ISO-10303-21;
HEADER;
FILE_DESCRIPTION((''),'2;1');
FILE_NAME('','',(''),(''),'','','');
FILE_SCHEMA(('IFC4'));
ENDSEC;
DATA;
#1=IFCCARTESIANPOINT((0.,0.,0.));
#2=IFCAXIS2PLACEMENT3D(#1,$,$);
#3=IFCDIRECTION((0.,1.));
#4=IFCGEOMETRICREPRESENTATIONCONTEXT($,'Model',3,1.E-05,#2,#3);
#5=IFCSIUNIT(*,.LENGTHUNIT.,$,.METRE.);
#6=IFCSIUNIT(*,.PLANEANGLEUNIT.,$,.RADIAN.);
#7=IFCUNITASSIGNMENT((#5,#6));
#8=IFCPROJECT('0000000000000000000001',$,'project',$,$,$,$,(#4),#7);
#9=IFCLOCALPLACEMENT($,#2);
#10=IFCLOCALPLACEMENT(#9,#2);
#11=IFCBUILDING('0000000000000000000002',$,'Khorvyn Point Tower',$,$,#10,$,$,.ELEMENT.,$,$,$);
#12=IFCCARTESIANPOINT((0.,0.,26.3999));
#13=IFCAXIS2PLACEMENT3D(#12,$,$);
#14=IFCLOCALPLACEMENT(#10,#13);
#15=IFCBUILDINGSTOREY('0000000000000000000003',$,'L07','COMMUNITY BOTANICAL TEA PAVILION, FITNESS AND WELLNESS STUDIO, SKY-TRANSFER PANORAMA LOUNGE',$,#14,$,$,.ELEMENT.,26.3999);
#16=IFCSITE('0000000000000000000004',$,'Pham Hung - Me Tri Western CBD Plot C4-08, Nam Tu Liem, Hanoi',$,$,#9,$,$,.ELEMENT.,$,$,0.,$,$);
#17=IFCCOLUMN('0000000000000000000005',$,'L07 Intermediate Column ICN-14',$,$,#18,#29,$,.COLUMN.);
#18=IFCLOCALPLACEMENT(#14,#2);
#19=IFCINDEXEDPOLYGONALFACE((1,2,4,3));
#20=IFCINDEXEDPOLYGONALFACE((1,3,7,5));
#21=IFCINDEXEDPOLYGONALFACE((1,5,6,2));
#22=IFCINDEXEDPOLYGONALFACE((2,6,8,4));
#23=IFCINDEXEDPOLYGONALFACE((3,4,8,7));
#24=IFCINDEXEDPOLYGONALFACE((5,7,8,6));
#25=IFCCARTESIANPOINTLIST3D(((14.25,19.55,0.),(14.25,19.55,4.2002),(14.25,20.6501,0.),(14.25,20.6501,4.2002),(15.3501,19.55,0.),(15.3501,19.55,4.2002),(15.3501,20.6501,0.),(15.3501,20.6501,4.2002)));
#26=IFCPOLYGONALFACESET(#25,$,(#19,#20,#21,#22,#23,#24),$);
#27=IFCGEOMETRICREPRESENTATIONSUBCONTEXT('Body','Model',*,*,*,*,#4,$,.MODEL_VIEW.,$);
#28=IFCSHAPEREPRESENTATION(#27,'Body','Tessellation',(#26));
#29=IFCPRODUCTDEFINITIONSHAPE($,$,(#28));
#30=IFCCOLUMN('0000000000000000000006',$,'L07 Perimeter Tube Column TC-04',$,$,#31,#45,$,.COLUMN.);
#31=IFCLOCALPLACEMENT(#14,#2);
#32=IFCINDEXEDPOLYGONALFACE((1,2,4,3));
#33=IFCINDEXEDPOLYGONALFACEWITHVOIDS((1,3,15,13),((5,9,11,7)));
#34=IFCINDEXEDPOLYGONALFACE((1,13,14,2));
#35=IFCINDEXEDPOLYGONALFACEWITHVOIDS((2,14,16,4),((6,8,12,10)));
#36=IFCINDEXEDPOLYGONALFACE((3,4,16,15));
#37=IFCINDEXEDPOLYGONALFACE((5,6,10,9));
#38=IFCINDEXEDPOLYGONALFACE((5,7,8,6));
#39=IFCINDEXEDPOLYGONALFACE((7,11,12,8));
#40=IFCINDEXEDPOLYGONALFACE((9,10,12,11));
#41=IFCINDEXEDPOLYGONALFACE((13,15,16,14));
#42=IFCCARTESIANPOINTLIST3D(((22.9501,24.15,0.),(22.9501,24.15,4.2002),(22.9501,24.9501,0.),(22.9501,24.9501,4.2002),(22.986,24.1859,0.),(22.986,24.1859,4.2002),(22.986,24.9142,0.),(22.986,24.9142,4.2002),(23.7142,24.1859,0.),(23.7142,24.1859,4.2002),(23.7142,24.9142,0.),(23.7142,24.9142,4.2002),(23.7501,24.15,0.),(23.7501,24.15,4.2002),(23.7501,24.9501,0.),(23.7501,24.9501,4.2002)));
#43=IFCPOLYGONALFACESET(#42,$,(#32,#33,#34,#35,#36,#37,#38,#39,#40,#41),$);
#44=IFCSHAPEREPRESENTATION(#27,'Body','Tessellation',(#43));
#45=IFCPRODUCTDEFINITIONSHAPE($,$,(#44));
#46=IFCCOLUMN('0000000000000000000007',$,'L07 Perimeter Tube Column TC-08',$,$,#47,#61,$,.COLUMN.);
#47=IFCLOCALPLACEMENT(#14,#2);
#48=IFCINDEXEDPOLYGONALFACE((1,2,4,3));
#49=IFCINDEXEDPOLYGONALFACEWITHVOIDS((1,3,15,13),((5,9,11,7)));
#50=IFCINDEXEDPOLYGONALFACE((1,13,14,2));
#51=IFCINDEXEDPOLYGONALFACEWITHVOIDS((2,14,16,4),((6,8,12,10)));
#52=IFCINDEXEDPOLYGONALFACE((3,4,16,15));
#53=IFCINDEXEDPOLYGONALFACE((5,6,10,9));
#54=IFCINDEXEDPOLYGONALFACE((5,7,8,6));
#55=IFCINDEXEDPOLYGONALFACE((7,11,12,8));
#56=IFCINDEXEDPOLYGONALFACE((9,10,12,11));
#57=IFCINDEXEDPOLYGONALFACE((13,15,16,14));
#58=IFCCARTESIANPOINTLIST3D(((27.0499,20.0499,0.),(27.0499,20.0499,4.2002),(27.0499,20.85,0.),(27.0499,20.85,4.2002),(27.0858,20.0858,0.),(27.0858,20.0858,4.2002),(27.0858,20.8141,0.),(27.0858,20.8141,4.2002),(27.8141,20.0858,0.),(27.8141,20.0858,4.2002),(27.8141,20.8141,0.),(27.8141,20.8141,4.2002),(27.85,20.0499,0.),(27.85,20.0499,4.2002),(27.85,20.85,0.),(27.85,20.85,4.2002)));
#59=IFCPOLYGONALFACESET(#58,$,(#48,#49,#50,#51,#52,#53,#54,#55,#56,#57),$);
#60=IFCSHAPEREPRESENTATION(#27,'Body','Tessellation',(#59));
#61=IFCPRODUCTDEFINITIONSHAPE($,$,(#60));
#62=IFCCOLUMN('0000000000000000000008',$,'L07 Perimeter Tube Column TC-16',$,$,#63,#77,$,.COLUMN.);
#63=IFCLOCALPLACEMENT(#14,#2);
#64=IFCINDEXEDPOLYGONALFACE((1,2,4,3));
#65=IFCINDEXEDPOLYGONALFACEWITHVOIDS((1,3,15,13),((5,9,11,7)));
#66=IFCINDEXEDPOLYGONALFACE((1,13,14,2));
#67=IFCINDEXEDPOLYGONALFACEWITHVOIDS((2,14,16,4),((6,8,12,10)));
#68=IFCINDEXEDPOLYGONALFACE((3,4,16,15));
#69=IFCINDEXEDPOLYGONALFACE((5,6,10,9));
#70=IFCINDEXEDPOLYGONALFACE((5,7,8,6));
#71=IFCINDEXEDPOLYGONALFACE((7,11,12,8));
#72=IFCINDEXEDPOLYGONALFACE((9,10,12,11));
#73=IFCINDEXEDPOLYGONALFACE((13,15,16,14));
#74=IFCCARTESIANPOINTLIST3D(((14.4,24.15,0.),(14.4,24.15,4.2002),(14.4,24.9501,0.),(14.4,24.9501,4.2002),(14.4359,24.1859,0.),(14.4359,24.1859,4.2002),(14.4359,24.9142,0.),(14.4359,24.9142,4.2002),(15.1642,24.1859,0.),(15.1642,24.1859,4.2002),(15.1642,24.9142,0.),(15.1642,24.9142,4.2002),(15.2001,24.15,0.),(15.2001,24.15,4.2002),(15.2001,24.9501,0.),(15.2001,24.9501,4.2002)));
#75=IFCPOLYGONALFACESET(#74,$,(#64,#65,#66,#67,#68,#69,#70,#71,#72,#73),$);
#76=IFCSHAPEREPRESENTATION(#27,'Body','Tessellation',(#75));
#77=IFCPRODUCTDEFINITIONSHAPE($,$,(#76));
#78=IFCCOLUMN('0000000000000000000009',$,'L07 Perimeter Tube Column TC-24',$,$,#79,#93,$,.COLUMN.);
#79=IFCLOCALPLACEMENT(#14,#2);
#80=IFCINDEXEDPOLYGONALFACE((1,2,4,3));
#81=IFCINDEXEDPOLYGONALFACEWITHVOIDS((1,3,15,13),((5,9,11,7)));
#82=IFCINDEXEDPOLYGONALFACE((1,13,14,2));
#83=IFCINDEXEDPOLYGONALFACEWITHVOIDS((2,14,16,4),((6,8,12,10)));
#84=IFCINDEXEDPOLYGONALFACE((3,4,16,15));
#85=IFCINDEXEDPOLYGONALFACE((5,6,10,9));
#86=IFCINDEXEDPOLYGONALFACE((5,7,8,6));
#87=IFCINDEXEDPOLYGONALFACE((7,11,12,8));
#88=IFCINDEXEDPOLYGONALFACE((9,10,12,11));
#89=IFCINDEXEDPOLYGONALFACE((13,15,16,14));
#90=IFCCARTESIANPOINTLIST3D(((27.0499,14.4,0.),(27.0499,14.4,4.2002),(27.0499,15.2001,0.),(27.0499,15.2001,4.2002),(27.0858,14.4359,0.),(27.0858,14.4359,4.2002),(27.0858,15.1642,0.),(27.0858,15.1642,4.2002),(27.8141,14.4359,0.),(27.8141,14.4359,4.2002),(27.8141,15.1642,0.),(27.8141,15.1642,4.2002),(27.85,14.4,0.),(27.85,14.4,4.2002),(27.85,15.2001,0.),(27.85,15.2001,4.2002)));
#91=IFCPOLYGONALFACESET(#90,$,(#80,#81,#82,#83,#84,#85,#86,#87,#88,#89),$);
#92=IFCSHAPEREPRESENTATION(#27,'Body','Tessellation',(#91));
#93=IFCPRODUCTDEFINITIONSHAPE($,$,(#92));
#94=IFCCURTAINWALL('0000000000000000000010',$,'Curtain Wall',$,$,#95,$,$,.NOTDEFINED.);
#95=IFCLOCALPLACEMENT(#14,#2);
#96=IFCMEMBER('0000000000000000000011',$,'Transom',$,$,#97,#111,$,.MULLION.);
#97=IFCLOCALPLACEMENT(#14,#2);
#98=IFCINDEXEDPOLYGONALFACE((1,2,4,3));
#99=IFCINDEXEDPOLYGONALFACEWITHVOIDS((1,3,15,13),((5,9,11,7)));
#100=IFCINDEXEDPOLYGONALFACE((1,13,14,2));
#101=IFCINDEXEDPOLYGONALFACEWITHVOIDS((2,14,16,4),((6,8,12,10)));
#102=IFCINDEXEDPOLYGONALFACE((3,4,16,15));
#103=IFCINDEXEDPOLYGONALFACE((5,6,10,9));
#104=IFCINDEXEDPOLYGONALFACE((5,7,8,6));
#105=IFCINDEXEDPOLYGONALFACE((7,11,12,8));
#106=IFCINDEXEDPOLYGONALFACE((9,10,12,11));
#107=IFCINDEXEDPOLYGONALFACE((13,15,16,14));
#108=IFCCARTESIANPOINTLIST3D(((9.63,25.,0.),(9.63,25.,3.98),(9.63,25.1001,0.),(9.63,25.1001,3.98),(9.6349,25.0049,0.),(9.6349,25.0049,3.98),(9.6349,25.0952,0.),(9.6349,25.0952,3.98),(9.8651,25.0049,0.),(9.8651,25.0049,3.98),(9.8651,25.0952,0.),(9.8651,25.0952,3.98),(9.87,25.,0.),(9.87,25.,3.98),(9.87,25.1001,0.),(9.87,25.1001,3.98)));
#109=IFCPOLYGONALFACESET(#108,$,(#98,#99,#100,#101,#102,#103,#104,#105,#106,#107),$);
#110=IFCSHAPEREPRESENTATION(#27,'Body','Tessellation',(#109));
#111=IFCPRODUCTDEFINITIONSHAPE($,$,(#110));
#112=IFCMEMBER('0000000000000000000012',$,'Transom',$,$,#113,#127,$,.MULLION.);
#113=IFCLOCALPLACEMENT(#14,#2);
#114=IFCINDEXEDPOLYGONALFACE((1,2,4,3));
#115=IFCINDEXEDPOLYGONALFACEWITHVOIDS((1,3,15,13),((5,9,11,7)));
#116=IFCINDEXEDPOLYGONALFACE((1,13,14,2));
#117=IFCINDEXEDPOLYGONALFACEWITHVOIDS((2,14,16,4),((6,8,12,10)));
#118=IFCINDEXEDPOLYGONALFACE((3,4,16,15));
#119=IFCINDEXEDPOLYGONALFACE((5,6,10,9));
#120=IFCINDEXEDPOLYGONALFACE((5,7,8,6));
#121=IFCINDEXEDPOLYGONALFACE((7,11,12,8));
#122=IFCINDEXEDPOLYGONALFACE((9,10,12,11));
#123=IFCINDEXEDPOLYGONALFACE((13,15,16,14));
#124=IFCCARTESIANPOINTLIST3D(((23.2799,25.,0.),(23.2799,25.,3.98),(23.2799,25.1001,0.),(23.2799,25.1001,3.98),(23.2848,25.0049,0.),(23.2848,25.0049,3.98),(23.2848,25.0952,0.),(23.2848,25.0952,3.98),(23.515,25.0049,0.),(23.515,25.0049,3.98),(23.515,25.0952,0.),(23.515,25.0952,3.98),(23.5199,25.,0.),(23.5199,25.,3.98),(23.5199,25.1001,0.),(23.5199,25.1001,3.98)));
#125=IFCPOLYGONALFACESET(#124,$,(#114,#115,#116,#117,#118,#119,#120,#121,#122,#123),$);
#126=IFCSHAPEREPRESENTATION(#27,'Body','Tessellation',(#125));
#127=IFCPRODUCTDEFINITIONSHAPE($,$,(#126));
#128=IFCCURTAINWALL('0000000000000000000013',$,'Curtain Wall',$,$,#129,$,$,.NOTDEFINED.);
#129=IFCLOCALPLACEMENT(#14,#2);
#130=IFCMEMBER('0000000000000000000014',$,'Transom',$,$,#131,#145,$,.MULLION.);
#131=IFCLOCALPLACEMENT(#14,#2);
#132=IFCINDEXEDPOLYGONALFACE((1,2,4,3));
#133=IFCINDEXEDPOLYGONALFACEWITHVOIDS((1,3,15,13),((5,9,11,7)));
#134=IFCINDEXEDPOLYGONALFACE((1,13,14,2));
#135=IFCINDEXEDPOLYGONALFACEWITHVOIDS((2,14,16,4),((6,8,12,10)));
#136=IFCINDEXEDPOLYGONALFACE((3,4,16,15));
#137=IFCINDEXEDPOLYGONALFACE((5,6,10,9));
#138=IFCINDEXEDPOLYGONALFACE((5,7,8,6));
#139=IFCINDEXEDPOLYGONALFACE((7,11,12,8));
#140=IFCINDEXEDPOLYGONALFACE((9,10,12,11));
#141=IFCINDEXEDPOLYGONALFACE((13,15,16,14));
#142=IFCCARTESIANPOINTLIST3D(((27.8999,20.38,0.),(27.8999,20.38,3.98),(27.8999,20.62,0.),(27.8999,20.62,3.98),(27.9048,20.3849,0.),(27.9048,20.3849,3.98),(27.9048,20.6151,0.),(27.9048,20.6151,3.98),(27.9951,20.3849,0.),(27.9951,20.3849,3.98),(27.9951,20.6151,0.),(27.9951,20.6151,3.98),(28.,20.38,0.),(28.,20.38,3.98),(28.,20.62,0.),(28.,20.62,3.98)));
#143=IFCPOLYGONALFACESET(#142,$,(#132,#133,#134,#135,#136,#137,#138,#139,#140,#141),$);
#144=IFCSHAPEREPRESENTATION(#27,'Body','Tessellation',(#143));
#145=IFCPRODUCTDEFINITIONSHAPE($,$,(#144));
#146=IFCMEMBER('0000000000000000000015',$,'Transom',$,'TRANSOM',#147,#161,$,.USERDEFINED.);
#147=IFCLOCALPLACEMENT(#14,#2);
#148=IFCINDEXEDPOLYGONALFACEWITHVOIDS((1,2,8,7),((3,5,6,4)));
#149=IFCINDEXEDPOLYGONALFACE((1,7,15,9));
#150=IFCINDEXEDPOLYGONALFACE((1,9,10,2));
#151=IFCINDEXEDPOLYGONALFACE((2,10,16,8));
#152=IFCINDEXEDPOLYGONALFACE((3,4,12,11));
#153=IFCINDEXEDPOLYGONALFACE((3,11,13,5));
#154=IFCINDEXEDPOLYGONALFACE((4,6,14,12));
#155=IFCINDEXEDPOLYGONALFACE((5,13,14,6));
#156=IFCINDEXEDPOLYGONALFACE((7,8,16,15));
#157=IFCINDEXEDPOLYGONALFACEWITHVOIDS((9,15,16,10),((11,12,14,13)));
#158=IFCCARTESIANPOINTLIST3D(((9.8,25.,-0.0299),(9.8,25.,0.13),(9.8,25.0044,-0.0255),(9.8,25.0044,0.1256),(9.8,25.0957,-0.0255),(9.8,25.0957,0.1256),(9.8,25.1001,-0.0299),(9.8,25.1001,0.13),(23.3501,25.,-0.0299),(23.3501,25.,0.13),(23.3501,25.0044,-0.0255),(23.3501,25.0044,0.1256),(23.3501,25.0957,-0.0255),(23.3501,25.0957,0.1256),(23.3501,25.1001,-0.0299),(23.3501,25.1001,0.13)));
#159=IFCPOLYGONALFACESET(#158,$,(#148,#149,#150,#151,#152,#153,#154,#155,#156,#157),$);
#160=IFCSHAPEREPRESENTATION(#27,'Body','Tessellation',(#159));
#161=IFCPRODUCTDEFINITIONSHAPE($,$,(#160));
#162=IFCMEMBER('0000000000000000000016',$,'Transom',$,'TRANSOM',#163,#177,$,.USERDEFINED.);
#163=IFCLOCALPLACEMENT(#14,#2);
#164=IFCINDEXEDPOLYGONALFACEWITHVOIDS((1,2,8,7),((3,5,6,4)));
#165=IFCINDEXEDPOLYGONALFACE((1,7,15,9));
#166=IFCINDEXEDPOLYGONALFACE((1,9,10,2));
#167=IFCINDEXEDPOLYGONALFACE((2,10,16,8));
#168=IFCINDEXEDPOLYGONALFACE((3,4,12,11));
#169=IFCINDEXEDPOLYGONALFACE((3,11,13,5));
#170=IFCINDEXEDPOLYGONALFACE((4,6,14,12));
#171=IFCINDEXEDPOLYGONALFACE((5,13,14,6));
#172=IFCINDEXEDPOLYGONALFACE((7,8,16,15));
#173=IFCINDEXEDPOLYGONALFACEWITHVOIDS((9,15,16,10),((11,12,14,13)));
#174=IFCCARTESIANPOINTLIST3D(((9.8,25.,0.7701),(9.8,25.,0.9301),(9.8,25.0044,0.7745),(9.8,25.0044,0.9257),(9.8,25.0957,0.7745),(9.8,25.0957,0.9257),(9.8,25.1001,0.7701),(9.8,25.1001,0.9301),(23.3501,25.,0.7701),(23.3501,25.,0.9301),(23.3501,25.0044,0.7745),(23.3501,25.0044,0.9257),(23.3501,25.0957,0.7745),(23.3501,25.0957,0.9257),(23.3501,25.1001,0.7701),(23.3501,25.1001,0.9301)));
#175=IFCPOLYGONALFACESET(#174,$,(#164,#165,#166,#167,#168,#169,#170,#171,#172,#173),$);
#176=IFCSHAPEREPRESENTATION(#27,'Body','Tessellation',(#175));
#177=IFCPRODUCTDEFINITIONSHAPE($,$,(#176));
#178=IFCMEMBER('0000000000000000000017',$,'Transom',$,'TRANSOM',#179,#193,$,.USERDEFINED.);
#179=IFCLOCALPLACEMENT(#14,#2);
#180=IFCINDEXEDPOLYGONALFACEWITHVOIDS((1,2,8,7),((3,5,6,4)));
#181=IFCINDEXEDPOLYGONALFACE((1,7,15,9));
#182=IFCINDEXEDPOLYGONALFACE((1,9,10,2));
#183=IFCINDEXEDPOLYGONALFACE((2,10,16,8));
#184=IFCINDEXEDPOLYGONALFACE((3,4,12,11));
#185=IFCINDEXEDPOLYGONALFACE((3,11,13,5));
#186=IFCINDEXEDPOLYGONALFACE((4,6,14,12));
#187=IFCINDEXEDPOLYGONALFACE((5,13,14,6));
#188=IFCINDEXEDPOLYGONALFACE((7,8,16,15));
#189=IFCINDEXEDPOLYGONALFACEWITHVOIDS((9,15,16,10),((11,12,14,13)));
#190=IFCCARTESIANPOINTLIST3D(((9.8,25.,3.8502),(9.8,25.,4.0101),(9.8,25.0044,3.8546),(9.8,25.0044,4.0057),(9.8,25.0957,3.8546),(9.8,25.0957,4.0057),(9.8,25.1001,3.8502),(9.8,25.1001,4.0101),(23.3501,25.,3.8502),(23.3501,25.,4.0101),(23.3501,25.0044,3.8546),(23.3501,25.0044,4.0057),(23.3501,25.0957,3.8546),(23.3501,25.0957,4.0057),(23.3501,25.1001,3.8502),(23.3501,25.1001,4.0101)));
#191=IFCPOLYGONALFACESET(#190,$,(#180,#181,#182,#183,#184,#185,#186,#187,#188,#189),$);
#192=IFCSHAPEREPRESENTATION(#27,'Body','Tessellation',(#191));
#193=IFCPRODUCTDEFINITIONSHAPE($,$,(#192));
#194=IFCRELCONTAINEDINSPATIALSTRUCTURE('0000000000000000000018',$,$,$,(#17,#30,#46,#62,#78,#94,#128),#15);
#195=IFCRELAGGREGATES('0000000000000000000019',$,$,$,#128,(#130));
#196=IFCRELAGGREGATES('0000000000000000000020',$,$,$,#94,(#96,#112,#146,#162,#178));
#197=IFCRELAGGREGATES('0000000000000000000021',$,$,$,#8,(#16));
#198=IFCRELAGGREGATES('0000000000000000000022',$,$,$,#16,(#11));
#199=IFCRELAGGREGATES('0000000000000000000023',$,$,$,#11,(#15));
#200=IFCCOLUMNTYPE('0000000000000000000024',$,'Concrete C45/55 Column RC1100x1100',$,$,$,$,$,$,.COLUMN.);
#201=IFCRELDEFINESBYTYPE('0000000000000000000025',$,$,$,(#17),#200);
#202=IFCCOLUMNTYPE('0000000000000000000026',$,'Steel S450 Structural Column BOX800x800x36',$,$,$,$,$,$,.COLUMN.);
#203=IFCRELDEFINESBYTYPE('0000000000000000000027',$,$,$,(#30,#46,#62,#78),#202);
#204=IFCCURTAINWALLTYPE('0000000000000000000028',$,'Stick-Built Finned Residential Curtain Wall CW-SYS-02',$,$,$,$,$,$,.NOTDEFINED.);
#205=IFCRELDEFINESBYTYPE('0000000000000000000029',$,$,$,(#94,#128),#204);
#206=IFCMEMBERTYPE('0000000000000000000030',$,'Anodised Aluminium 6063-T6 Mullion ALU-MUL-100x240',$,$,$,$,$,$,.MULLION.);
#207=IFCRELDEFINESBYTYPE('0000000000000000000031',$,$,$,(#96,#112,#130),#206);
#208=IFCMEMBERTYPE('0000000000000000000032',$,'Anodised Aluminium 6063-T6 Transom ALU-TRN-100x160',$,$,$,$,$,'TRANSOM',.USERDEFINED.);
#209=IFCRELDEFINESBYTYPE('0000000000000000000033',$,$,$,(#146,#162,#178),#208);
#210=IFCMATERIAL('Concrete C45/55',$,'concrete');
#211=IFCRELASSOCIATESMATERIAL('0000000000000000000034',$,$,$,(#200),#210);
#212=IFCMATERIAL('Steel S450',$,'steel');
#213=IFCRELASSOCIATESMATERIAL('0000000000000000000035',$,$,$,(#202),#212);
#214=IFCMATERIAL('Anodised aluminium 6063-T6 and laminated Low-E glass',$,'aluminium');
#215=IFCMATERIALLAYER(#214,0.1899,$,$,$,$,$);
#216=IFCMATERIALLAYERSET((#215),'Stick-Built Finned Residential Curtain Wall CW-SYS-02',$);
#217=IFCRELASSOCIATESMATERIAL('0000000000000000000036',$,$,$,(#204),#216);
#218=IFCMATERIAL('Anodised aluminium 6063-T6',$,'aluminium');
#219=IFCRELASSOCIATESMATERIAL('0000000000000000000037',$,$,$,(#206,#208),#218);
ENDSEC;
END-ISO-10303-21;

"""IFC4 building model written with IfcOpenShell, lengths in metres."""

from ifc_helpers import new_model, si_unit, direction, frame, origin, origin_2d, place, context, subcontext, project, spatial, rectangle, hollow_rectangle, extrude, material, layer, layer_set, material_profile, profile_set, type_object, element, aggregate, save


model = new_model("IFC4")

# Units and contexts
model_context = context("Model", 3, precision=1e-05, world=origin(), true_north=direction((0.0, 1.0)))
body_context = subcontext(model_context, "Body", "Model", "MODEL_VIEW")
ifc_project = project(units=[si_unit("LENGTHUNIT", "METRE"), si_unit("PLANEANGLEUNIT", "RADIAN")], contexts=[model_context])

# Site, building, storey
site_placement = place(None, origin())
site = spatial("IfcSite", under=ifc_project, at=site_placement, Name="Pham Hung - Me Tri Western CBD Plot C4-08, Nam Tu Liem, Hanoi", CompositionType="ELEMENT", RefElevation=0.0)
building_placement = place(site_placement, origin())
building = spatial("IfcBuilding", under=site, at=building_placement, Name="Khorvyn Point Tower", CompositionType="ELEMENT")
storey_placement = place(building_placement, frame((0.0, 0.0, 26.3999)))
storey = spatial("IfcBuildingStorey", under=building, at=storey_placement, Name="L07", Description="COMMUNITY BOTANICAL TEA PAVILION, FITNESS AND WELLNESS STUDIO, SKY-TRANSFER PANORAMA LOUNGE", CompositionType="ELEMENT", Elevation=26.3999)

# Columns
ifc_material_1 = material(Name="Concrete C45/55", Category="concrete")
ifc_material_profile_1 = material_profile(ifc_material_1, rectangle(XDim=1.1001, YDim=1.1001, at=origin_2d()))
ifc_profile_set_1 = profile_set([ifc_material_profile_1], Name="Concrete C45/55 RC1100x1100")
column_type_1 = type_object("IfcColumnType", Name="Concrete C45/55 Column RC1100x1100", PredefinedType="COLUMN", material=ifc_profile_set_1)
column_placement = place(storey_placement, frame((14.8, 20.1001, 0.0), z_axis=(0.0, 0.0, 1.0), x_axis=(1.0, 0.0, 0.0)))
element("IfcColumn", 1, at=column_placement, inside=storey, type_object=column_type_1, Name="L07 Intermediate Column ICN-14", PredefinedType="COLUMN", context=body_context, shape_type="SweptSolid", body=[
    extrude(rectangle(XDim=1.1001, YDim=1.1001, at=origin_2d()), origin(), (0.0, 0.0, 1.0), 4.2002),
])
ifc_material_2 = material(Name="Steel S450", Category="steel")
ifc_material_profile_2 = material_profile(ifc_material_2, hollow_rectangle(XDim=0.8, YDim=0.8, WallThickness=0.0359, at=origin_2d()))
ifc_profile_set_2 = profile_set([ifc_material_profile_2], Name="Steel S450 BOX800x800x36")
column_type_2 = type_object("IfcColumnType", Name="Steel S450 Structural Column BOX800x800x36", PredefinedType="COLUMN", material=ifc_profile_set_2)
for number, where, z_axis, x_axis, name in (
    (2, (23.3501, 24.55, 0.0), (0.0, 0.0, 1.0), (1.0, 0.0, 0.0), "L07 Perimeter Tube Column TC-04"),
    (3, (27.45, 20.45, 0.0), (0.0, 0.0, 1.0), (1.0, 0.0, 0.0), "L07 Perimeter Tube Column TC-08"),
    (4, (14.8, 24.55, 0.0), (0.0, 0.0, 1.0), (1.0, 0.0, 0.0), "L07 Perimeter Tube Column TC-16"),
    (5, (27.45, 14.8, 0.0), (0.0, 0.0, 1.0), (1.0, 0.0, 0.0), "L07 Perimeter Tube Column TC-24"),
):
    element("IfcColumn", number, at=place(storey_placement, frame(where, z_axis=z_axis, x_axis=x_axis)), inside=storey, type_object=column_type_2, Name=name, PredefinedType="COLUMN", context=body_context, shape_type="SweptSolid", body=[
        extrude(hollow_rectangle(XDim=0.8, YDim=0.8, WallThickness=0.0359, at=origin_2d()), origin(), (0.0, 0.0, 1.0), 4.2002),
    ])

# Curtain wall, members
ifc_material_3 = material(Name="Anodised aluminium 6063-T6 and laminated Low-E glass", Category="aluminium")
ifc_layer_1 = layer(ifc_material_3, 0.1899)
ifc_layer_set_1 = layer_set([ifc_layer_1], Name="Stick-Built Finned Residential Curtain Wall CW-SYS-02")
curtain_wall_type = type_object("IfcCurtainWallType", Name="Stick-Built Finned Residential Curtain Wall CW-SYS-02", PredefinedType="NOTDEFINED", material=ifc_layer_set_1)
curtain_wall_1_placement = place(storey_placement, origin())
curtain_wall_1 = element("IfcCurtainWall", 6, at=curtain_wall_1_placement, inside=storey, type_object=curtain_wall_type, Name="Curtain Wall", PredefinedType="NOTDEFINED")
ifc_material_4 = material(Name="Anodised aluminium 6063-T6", Category="aluminium")
ifc_material_profile_3 = material_profile(ifc_material_4, hollow_rectangle(XDim=0.1001, YDim=0.24, WallThickness=0.0049, at=origin_2d()))
ifc_profile_set_3 = profile_set([ifc_material_profile_3], Name="Anodised aluminium 6063-T6 ALU-MUL-100x240")
member_type_1 = type_object("IfcMemberType", Name="Anodised Aluminium 6063-T6 Mullion ALU-MUL-100x240", PredefinedType="MULLION", material=ifc_profile_set_3)
member_1_placement = place(storey_placement, frame((9.75, 25.05, 0.0), z_axis=(0.0, 0.0, 1.0), x_axis=(0.0, 1.0, 0.0)))
member_1 = element("IfcMember", 7, at=member_1_placement, type_object=member_type_1, Name="Transom", PredefinedType="MULLION", context=body_context, shape_type="SweptSolid", body=[
    extrude(hollow_rectangle(XDim=0.1001, YDim=0.24, WallThickness=0.0049, at=origin_2d()), origin(), (0.0, 0.0, 1.0), 3.98),
])
member_2_placement = place(storey_placement, frame((23.3999, 25.05, 0.0), z_axis=(0.0, 0.0, 1.0), x_axis=(0.0, 1.0, 0.0)))
member_2 = element("IfcMember", 8, at=member_2_placement, type_object=member_type_1, Name="Transom", PredefinedType="MULLION", context=body_context, shape_type="SweptSolid", body=[
    extrude(hollow_rectangle(XDim=0.1001, YDim=0.24, WallThickness=0.0049, at=origin_2d()), origin(), (0.0, 0.0, 1.0), 3.98),
])

# Curtain wall, member
curtain_wall_2_placement = place(storey_placement, origin())
curtain_wall_2 = element("IfcCurtainWall", 9, at=curtain_wall_2_placement, inside=storey, type_object=curtain_wall_type, Name="Curtain Wall", PredefinedType="NOTDEFINED")
member_3_placement = place(storey_placement, frame((27.95, 20.5, 0.0), z_axis=(0.0, 0.0, 1.0), x_axis=(1.0, 0.0, 0.0)))
member_3 = element("IfcMember", 10, at=member_3_placement, type_object=member_type_1, Name="Transom", PredefinedType="MULLION", context=body_context, shape_type="SweptSolid", body=[
    extrude(hollow_rectangle(XDim=0.1001, YDim=0.24, WallThickness=0.0049, at=origin_2d()), origin(), (0.0, 0.0, 1.0), 3.98),
])

# Members
ifc_material_profile_4 = material_profile(ifc_material_4, hollow_rectangle(XDim=0.1001, YDim=0.1599, WallThickness=0.0044, at=origin_2d()))
ifc_profile_set_4 = profile_set([ifc_material_profile_4], Name="Anodised aluminium 6063-T6 ALU-TRN-100x160")
member_type_2 = type_object("IfcMemberType", Name="Anodised Aluminium 6063-T6 Transom ALU-TRN-100x160", ElementType="TRANSOM", PredefinedType="USERDEFINED", material=ifc_profile_set_4)
member_4_placement = place(storey_placement, frame((9.8, 25.05, 0.05), z_axis=(1.0, 0.0, 0.0), x_axis=(0.0, 1.0, 0.0)))
member_4 = element("IfcMember", 11, at=member_4_placement, type_object=member_type_2, Name="Transom", ObjectType="TRANSOM", PredefinedType="USERDEFINED", context=body_context, shape_type="SweptSolid", body=[
    extrude(hollow_rectangle(XDim=0.1001, YDim=0.1599, WallThickness=0.0044, at=origin_2d()), origin(), (0.0, 0.0, 1.0), 13.55),
])
member_5_placement = place(storey_placement, frame((9.8, 25.05, 0.8501), z_axis=(1.0, 0.0, 0.0), x_axis=(0.0, 1.0, 0.0)))
member_5 = element("IfcMember", 12, at=member_5_placement, type_object=member_type_2, Name="Transom", ObjectType="TRANSOM", PredefinedType="USERDEFINED", context=body_context, shape_type="SweptSolid", body=[
    extrude(hollow_rectangle(XDim=0.1001, YDim=0.1599, WallThickness=0.0044, at=origin_2d()), origin(), (0.0, 0.0, 1.0), 13.55),
])
member_6_placement = place(storey_placement, frame((9.8, 25.05, 3.9302), z_axis=(1.0, 0.0, 0.0), x_axis=(0.0, 1.0, 0.0)))
member_6 = element("IfcMember", 13, at=member_6_placement, type_object=member_type_2, Name="Transom", ObjectType="TRANSOM", PredefinedType="USERDEFINED", context=body_context, shape_type="SweptSolid", body=[
    extrude(hollow_rectangle(XDim=0.1001, YDim=0.1599, WallThickness=0.0044, at=origin_2d()), origin(), (0.0, 0.0, 1.0), 13.55),
])
aggregate(curtain_wall_2, [member_3])

aggregate(curtain_wall_1, [member_1, member_2, member_4, member_5, member_6])

save(model, "model.ifc")
